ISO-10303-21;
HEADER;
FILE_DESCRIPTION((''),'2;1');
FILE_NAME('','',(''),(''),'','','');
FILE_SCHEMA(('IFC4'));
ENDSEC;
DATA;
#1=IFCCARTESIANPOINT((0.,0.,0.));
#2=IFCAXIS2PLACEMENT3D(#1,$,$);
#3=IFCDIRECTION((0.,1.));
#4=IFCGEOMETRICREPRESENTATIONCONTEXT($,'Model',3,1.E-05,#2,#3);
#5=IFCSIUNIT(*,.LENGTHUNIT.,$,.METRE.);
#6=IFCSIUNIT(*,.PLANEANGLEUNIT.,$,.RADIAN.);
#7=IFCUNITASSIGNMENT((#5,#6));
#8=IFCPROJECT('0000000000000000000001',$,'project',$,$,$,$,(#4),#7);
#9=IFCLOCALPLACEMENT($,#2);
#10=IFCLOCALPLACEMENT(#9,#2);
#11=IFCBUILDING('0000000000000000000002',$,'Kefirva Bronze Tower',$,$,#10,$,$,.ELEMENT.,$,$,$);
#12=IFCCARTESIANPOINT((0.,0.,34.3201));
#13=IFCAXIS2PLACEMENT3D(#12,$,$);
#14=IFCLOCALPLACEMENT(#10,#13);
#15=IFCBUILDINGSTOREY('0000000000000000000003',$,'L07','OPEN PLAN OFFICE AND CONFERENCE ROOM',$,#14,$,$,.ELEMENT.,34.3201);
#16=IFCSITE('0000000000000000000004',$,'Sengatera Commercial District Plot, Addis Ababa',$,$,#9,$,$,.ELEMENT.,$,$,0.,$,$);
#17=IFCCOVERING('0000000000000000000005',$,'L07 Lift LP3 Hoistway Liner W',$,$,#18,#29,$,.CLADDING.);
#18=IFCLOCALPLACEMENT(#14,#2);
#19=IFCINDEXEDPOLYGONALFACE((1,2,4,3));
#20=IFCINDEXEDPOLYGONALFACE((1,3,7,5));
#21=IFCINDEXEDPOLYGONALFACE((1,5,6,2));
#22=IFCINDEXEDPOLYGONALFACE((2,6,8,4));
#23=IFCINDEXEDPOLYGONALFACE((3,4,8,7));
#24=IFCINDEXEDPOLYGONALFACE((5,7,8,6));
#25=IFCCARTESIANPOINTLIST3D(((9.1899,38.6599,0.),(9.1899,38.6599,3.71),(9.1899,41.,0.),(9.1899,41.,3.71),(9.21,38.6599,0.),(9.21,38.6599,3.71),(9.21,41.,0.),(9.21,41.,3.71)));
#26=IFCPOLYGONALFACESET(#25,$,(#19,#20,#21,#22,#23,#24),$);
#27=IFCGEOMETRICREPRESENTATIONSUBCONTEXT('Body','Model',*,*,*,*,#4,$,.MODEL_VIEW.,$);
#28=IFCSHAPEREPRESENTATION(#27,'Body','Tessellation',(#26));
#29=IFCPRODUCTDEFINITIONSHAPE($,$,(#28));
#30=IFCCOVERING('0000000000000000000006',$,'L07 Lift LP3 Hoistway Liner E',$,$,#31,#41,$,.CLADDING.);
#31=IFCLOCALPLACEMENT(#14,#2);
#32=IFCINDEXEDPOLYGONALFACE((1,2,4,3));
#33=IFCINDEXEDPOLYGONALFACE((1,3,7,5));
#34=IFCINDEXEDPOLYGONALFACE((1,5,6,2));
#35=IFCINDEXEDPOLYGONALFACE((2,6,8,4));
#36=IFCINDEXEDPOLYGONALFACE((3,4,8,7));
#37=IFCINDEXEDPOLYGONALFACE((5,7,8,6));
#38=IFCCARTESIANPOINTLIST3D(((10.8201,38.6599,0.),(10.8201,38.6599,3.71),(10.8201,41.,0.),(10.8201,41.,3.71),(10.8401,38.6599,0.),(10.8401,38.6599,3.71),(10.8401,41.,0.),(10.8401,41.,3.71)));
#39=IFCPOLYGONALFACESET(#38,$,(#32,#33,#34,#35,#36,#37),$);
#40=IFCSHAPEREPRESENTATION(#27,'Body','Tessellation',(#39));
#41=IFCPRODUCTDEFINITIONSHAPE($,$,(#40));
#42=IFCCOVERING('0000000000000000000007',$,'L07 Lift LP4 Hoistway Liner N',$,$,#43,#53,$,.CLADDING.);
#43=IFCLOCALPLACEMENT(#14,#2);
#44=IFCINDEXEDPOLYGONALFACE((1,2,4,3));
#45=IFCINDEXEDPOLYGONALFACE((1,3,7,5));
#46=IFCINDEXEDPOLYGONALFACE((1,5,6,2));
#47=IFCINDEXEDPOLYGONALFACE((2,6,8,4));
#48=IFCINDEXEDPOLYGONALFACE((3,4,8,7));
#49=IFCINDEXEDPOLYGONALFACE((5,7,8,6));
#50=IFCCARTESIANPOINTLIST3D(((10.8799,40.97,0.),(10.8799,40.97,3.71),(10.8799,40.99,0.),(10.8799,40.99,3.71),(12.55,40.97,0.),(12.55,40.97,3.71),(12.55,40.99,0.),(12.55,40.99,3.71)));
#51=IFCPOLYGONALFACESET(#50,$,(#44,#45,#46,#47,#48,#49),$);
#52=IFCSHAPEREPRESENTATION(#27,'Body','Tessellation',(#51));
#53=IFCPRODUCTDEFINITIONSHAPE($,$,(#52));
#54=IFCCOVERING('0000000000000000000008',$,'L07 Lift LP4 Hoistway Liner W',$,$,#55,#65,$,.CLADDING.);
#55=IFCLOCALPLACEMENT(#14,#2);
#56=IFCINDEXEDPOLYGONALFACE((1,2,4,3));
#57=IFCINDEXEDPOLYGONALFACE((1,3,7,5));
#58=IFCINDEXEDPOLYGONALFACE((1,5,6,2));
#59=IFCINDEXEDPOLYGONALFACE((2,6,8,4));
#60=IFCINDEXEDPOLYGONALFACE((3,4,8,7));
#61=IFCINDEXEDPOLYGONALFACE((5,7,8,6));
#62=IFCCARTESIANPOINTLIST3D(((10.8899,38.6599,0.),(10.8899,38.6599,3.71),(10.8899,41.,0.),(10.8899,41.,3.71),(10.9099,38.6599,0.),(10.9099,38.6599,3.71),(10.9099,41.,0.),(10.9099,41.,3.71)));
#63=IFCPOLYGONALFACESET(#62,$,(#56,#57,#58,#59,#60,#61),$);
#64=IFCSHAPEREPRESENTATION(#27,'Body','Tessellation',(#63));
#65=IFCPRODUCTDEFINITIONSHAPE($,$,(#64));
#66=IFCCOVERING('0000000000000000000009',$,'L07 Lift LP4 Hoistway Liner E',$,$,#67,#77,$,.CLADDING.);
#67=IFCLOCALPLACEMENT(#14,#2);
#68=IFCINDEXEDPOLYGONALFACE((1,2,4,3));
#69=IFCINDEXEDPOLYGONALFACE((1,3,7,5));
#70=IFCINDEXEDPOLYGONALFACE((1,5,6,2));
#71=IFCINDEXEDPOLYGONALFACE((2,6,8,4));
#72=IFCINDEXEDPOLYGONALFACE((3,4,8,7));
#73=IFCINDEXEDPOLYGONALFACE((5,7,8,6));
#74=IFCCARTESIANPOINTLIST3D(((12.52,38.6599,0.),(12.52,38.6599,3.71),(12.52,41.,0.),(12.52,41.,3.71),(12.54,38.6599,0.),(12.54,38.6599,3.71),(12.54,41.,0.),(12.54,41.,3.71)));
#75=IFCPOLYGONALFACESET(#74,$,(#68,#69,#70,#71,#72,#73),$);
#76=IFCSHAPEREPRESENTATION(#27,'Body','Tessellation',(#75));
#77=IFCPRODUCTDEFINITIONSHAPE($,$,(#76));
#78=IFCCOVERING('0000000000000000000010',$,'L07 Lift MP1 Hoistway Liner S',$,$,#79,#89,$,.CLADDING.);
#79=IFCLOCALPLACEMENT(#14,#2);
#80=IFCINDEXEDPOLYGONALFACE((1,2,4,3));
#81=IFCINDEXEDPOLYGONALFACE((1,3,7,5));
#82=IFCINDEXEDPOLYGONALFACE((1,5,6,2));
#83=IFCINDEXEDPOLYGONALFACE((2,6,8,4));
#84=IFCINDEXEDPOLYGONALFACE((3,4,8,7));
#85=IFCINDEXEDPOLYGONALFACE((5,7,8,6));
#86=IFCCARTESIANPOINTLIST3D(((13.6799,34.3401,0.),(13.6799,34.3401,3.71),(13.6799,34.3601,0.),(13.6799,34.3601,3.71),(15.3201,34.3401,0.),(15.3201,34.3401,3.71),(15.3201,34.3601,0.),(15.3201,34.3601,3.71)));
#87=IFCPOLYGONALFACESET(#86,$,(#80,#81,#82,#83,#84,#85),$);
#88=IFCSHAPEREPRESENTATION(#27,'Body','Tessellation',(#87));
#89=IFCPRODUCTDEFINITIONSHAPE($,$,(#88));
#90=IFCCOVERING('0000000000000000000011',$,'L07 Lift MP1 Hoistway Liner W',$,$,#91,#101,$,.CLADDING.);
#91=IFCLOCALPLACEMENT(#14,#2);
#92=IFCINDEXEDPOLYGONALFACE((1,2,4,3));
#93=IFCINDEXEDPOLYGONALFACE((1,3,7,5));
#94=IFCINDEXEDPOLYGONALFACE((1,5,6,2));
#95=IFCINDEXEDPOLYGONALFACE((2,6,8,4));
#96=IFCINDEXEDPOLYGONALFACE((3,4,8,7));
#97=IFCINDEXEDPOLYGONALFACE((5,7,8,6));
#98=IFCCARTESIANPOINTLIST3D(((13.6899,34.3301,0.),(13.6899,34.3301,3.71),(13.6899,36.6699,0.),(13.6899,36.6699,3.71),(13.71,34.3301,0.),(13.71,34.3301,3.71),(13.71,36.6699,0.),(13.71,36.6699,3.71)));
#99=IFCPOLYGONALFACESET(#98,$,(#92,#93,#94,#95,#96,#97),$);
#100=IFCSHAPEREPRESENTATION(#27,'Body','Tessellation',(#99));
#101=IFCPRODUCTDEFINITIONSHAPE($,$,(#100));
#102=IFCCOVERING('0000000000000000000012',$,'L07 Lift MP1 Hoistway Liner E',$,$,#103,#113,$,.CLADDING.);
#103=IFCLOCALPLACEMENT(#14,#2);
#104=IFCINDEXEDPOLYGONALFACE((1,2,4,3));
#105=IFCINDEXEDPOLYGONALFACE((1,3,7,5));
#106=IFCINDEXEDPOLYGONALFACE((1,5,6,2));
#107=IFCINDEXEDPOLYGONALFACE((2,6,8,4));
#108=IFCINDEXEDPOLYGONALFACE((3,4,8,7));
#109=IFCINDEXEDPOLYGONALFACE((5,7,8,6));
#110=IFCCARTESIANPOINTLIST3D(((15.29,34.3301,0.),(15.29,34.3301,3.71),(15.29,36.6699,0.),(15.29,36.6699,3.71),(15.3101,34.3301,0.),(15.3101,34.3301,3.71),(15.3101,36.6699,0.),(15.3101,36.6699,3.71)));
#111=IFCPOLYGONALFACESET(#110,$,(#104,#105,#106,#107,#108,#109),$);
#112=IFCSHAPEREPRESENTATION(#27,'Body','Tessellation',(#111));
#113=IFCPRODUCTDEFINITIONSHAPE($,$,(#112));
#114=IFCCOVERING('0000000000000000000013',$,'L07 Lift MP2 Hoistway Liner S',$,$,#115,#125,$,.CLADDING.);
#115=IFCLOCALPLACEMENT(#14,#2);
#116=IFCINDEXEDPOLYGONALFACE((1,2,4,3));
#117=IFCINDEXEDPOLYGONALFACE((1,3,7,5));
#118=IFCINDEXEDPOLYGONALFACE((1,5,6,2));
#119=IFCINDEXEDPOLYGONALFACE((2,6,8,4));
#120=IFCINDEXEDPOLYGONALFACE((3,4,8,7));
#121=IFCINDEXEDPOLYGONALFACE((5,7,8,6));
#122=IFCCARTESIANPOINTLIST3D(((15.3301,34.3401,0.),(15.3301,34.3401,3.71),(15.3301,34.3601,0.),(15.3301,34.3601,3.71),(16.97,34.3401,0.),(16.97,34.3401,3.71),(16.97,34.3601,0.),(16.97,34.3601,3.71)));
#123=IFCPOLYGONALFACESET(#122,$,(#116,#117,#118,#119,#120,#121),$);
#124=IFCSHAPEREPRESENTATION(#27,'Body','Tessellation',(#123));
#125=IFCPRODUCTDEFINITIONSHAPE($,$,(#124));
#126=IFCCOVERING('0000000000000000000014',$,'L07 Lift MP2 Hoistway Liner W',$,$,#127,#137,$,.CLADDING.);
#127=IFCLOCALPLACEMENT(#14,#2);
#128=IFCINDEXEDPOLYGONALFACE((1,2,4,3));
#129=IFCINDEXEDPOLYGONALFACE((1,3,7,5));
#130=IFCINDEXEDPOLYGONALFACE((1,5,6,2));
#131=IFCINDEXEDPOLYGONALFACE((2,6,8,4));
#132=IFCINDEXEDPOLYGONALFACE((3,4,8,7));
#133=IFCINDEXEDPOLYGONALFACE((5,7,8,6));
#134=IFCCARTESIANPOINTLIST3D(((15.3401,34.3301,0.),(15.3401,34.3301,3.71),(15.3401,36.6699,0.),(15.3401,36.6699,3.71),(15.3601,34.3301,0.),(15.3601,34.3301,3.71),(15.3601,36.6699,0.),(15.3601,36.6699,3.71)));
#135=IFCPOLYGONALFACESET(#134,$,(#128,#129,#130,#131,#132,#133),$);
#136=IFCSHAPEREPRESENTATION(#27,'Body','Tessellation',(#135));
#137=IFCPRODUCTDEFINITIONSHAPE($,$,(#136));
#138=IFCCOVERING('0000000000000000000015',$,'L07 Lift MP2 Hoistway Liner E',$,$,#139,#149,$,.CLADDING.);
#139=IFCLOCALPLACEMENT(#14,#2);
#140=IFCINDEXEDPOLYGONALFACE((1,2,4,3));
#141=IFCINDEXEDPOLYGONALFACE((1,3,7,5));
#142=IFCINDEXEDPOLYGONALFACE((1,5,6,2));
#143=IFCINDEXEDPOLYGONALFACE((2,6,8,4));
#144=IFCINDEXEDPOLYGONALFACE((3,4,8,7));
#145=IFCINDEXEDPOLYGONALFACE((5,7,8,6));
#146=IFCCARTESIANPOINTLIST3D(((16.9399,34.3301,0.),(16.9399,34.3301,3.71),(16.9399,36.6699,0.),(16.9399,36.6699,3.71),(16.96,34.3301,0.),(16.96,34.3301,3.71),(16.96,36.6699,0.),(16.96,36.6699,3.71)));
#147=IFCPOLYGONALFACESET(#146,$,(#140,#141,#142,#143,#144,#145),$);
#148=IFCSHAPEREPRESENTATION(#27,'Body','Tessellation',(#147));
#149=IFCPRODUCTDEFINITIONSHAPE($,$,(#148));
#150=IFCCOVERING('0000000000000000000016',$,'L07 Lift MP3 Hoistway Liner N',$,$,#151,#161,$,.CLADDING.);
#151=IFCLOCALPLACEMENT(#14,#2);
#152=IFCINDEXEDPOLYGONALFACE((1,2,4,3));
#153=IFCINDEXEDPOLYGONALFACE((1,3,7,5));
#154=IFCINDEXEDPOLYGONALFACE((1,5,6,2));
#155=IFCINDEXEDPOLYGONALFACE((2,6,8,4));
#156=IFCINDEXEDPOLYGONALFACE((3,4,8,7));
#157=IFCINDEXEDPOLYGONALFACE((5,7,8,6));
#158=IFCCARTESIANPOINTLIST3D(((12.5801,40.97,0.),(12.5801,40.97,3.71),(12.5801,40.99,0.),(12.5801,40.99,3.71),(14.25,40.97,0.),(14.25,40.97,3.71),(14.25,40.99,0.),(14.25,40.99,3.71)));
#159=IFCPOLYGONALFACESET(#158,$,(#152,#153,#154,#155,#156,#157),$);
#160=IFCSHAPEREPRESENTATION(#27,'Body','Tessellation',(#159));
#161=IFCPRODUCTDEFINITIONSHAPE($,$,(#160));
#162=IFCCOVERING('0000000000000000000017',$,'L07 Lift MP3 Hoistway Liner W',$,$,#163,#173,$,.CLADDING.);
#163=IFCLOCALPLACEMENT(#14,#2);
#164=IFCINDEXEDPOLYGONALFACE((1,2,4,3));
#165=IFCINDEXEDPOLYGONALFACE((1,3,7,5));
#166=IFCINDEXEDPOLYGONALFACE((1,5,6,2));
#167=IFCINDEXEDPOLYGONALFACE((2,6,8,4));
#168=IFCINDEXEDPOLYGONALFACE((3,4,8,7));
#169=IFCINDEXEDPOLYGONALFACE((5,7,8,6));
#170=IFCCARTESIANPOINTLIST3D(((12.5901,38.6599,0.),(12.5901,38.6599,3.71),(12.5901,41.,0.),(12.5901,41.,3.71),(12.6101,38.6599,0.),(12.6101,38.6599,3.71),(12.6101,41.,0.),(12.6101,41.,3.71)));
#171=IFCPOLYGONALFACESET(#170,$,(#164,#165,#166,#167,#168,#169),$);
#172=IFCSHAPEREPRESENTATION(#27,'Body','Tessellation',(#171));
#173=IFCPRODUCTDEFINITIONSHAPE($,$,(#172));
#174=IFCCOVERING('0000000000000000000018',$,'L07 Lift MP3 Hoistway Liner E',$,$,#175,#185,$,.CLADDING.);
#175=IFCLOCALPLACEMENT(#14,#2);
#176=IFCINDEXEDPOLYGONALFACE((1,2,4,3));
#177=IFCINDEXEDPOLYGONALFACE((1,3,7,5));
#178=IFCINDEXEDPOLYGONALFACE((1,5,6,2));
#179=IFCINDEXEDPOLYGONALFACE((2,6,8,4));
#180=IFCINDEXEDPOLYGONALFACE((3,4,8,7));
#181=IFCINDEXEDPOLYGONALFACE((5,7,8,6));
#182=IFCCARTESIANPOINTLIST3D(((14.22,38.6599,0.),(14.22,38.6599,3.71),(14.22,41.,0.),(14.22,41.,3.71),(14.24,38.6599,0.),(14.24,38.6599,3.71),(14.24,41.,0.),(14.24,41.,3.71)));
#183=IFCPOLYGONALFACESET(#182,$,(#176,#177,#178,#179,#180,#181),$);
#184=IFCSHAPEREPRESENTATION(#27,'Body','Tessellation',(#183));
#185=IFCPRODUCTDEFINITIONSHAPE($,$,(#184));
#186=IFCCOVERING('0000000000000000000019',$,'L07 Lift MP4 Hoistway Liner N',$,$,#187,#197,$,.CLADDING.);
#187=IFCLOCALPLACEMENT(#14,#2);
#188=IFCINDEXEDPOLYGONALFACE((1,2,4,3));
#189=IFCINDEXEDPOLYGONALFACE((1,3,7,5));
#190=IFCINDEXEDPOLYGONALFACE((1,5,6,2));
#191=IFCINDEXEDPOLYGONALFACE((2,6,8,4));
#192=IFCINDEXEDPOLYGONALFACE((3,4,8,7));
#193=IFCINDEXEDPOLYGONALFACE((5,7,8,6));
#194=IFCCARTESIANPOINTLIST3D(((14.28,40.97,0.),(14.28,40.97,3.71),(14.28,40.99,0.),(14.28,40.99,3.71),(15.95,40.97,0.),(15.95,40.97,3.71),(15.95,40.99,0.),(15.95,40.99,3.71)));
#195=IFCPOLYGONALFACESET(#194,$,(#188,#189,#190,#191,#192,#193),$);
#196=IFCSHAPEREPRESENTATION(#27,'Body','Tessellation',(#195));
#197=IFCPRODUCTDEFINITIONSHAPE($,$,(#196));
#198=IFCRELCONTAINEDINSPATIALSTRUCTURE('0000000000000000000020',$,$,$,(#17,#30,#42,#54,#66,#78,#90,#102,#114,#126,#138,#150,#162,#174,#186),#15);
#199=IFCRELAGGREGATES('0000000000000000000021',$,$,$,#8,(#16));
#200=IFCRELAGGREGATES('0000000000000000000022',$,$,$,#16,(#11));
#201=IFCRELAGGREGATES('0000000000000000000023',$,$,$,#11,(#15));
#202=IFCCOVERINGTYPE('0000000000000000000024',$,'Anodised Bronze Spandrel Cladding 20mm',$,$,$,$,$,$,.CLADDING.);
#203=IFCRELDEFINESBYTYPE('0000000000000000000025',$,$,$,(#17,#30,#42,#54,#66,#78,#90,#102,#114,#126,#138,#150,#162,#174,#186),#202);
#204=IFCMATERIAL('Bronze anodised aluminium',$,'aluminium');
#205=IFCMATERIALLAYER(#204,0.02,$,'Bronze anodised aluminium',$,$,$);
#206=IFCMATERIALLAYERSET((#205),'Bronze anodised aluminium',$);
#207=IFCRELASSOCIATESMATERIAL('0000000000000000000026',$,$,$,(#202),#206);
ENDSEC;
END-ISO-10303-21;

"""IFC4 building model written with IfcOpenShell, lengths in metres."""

from ifc_helpers import new_model, si_unit, direction, frame, origin, place, context, subcontext, project, spatial, polyline, outline, extrude, material, layer, layer_set, type_object, element, save


model = new_model("IFC4")

# Units and contexts
model_context = context("Model", 3, precision=1e-05, world=origin(), true_north=direction((0.0, 1.0)))
body_context = subcontext(model_context, "Body", "Model", "MODEL_VIEW")
ifc_project = project(units=[si_unit("LENGTHUNIT", "METRE"), si_unit("PLANEANGLEUNIT", "RADIAN")], contexts=[model_context])

# Site, building, storey
site_placement = place(None, origin())
site = spatial("IfcSite", under=ifc_project, at=site_placement, Name="Sengatera Commercial District Plot, Addis Ababa", CompositionType="ELEMENT", RefElevation=0.0)
building_placement = place(site_placement, origin())
building = spatial("IfcBuilding", under=site, at=building_placement, Name="Kefirva Bronze Tower", CompositionType="ELEMENT")
storey_placement = place(building_placement, frame((0.0, 0.0, 34.3201)))
storey = spatial("IfcBuildingStorey", under=building, at=storey_placement, Name="L07", Description="OPEN PLAN OFFICE AND CONFERENCE ROOM", CompositionType="ELEMENT", Elevation=34.3201)

# Coverings
ifc_material = material(Name="Bronze anodised aluminium", Category="aluminium")
ifc_layer_1 = layer(ifc_material, 0.02, Name="Bronze anodised aluminium")
ifc_layer_set_1 = layer_set([ifc_layer_1], Name="Bronze anodised aluminium")
covering_type_1 = type_object("IfcCoveringType", Name="Anodised Bronze Spandrel Cladding 20mm", PredefinedType="CLADDING", material=ifc_layer_set_1)
covering_1_placement = place(storey_placement, origin())
element("IfcCovering", 1, at=covering_1_placement, inside=storey, type_object=covering_type_1, Name="L07 Lift LP3 Hoistway Liner W", PredefinedType="CLADDING", context=body_context, shape_type="SweptSolid", body=[
    extrude(outline(polyline([(9.1899, 38.6599), (9.21, 38.6599), (9.21, 41.0), (9.1899, 41.0), (9.1899, 38.6599)])), origin(), (0.0, 0.0, 1.0), 3.71),
])
covering_2_placement = place(storey_placement, origin())
element("IfcCovering", 2, at=covering_2_placement, inside=storey, type_object=covering_type_1, Name="L07 Lift LP3 Hoistway Liner E", PredefinedType="CLADDING", context=body_context, shape_type="SweptSolid", body=[
    extrude(outline(polyline([(10.8201, 38.6599), (10.8401, 38.6599), (10.8401, 41.0), (10.8201, 41.0), (10.8201, 38.6599)])), origin(), (0.0, 0.0, 1.0), 3.71),
])
covering_3_placement = place(storey_placement, origin())
element("IfcCovering", 3, at=covering_3_placement, inside=storey, type_object=covering_type_1, Name="L07 Lift LP4 Hoistway Liner N", PredefinedType="CLADDING", context=body_context, shape_type="SweptSolid", body=[
    extrude(outline(polyline([(10.8799, 40.97), (12.55, 40.97), (12.55, 40.99), (10.8799, 40.99), (10.8799, 40.97)])), origin(), (0.0, 0.0, 1.0), 3.71),
])
covering_4_placement = place(storey_placement, origin())
element("IfcCovering", 4, at=covering_4_placement, inside=storey, type_object=covering_type_1, Name="L07 Lift LP4 Hoistway Liner W", PredefinedType="CLADDING", context=body_context, shape_type="SweptSolid", body=[
    extrude(outline(polyline([(10.8899, 38.6599), (10.9099, 38.6599), (10.9099, 41.0), (10.8899, 41.0), (10.8899, 38.6599)])), origin(), (0.0, 0.0, 1.0), 3.71),
])
covering_5_placement = place(storey_placement, origin())
element("IfcCovering", 5, at=covering_5_placement, inside=storey, type_object=covering_type_1, Name="L07 Lift LP4 Hoistway Liner E", PredefinedType="CLADDING", context=body_context, shape_type="SweptSolid", body=[
    extrude(outline(polyline([(12.52, 38.6599), (12.54, 38.6599), (12.54, 41.0), (12.52, 41.0), (12.52, 38.6599)])), origin(), (0.0, 0.0, 1.0), 3.71),
])
covering_6_placement = place(storey_placement, origin())
element("IfcCovering", 6, at=covering_6_placement, inside=storey, type_object=covering_type_1, Name="L07 Lift MP1 Hoistway Liner S", PredefinedType="CLADDING", context=body_context, shape_type="SweptSolid", body=[
    extrude(outline(polyline([(13.6799, 34.3401), (15.3201, 34.3401), (15.3201, 34.3601), (13.6799, 34.3601), (13.6799, 34.3401)])), origin(), (0.0, 0.0, 1.0), 3.71),
])
covering_7_placement = place(storey_placement, origin())
element("IfcCovering", 7, at=covering_7_placement, inside=storey, type_object=covering_type_1, Name="L07 Lift MP1 Hoistway Liner W", PredefinedType="CLADDING", context=body_context, shape_type="SweptSolid", body=[
    extrude(outline(polyline([(13.6899, 34.3301), (13.71, 34.3301), (13.71, 36.6699), (13.6899, 36.6699), (13.6899, 34.3301)])), origin(), (0.0, 0.0, 1.0), 3.71),
])
covering_8_placement = place(storey_placement, origin())
element("IfcCovering", 8, at=covering_8_placement, inside=storey, type_object=covering_type_1, Name="L07 Lift MP1 Hoistway Liner E", PredefinedType="CLADDING", context=body_context, shape_type="SweptSolid", body=[
    extrude(outline(polyline([(15.29, 34.3301), (15.3101, 34.3301), (15.3101, 36.6699), (15.29, 36.6699), (15.29, 34.3301)])), origin(), (0.0, 0.0, 1.0), 3.71),
])
covering_9_placement = place(storey_placement, origin())
element("IfcCovering", 9, at=covering_9_placement, inside=storey, type_object=covering_type_1, Name="L07 Lift MP2 Hoistway Liner S", PredefinedType="CLADDING", context=body_context, shape_type="SweptSolid", body=[
    extrude(outline(polyline([(15.3301, 34.3401), (16.97, 34.3401), (16.97, 34.3601), (15.3301, 34.3601), (15.3301, 34.3401)])), origin(), (0.0, 0.0, 1.0), 3.71),
])
covering_10_placement = place(storey_placement, origin())
element("IfcCovering", 10, at=covering_10_placement, inside=storey, type_object=covering_type_1, Name="L07 Lift MP2 Hoistway Liner W", PredefinedType="CLADDING", context=body_context, shape_type="SweptSolid", body=[
    extrude(outline(polyline([(15.3401, 34.3301), (15.3601, 34.3301), (15.3601, 36.6699), (15.3401, 36.6699), (15.3401, 34.3301)])), origin(), (0.0, 0.0, 1.0), 3.71),
])
covering_11_placement = place(storey_placement, origin())
element("IfcCovering", 11, at=covering_11_placement, inside=storey, type_object=covering_type_1, Name="L07 Lift MP2 Hoistway Liner E", PredefinedType="CLADDING", context=body_context, shape_type="SweptSolid", body=[
    extrude(outline(polyline([(16.9399, 34.3301), (16.96, 34.3301), (16.96, 36.6699), (16.9399, 36.6699), (16.9399, 34.3301)])), origin(), (0.0, 0.0, 1.0), 3.71),
])
covering_12_placement = place(storey_placement, origin())
element("IfcCovering", 12, at=covering_12_placement, inside=storey, type_object=covering_type_1, Name="L07 Lift MP3 Hoistway Liner N", PredefinedType="CLADDING", context=body_context, shape_type="SweptSolid", body=[
    extrude(outline(polyline([(12.5801, 40.97), (14.25, 40.97), (14.25, 40.99), (12.5801, 40.99), (12.5801, 40.97)])), origin(), (0.0, 0.0, 1.0), 3.71),
])
covering_13_placement = place(storey_placement, origin())
element("IfcCovering", 13, at=covering_13_placement, inside=storey, type_object=covering_type_1, Name="L07 Lift MP3 Hoistway Liner W", PredefinedType="CLADDING", context=body_context, shape_type="SweptSolid", body=[
    extrude(outline(polyline([(12.5901, 38.6599), (12.6101, 38.6599), (12.6101, 41.0), (12.5901, 41.0), (12.5901, 38.6599)])), origin(), (0.0, 0.0, 1.0), 3.71),
])
covering_14_placement = place(storey_placement, origin())
element("IfcCovering", 14, at=covering_14_placement, inside=storey, type_object=covering_type_1, Name="L07 Lift MP3 Hoistway Liner E", PredefinedType="CLADDING", context=body_context, shape_type="SweptSolid", body=[
    extrude(outline(polyline([(14.22, 38.6599), (14.24, 38.6599), (14.24, 41.0), (14.22, 41.0), (14.22, 38.6599)])), origin(), (0.0, 0.0, 1.0), 3.71),
])
covering_15_placement = place(storey_placement, origin())
element("IfcCovering", 15, at=covering_15_placement, inside=storey, type_object=covering_type_1, Name="L07 Lift MP4 Hoistway Liner N", PredefinedType="CLADDING", context=body_context, shape_type="SweptSolid", body=[
    extrude(outline(polyline([(14.28, 40.97), (15.95, 40.97), (15.95, 40.99), (14.28, 40.99), (14.28, 40.97)])), origin(), (0.0, 0.0, 1.0), 3.71),
])

save(model, "model.ifc")
